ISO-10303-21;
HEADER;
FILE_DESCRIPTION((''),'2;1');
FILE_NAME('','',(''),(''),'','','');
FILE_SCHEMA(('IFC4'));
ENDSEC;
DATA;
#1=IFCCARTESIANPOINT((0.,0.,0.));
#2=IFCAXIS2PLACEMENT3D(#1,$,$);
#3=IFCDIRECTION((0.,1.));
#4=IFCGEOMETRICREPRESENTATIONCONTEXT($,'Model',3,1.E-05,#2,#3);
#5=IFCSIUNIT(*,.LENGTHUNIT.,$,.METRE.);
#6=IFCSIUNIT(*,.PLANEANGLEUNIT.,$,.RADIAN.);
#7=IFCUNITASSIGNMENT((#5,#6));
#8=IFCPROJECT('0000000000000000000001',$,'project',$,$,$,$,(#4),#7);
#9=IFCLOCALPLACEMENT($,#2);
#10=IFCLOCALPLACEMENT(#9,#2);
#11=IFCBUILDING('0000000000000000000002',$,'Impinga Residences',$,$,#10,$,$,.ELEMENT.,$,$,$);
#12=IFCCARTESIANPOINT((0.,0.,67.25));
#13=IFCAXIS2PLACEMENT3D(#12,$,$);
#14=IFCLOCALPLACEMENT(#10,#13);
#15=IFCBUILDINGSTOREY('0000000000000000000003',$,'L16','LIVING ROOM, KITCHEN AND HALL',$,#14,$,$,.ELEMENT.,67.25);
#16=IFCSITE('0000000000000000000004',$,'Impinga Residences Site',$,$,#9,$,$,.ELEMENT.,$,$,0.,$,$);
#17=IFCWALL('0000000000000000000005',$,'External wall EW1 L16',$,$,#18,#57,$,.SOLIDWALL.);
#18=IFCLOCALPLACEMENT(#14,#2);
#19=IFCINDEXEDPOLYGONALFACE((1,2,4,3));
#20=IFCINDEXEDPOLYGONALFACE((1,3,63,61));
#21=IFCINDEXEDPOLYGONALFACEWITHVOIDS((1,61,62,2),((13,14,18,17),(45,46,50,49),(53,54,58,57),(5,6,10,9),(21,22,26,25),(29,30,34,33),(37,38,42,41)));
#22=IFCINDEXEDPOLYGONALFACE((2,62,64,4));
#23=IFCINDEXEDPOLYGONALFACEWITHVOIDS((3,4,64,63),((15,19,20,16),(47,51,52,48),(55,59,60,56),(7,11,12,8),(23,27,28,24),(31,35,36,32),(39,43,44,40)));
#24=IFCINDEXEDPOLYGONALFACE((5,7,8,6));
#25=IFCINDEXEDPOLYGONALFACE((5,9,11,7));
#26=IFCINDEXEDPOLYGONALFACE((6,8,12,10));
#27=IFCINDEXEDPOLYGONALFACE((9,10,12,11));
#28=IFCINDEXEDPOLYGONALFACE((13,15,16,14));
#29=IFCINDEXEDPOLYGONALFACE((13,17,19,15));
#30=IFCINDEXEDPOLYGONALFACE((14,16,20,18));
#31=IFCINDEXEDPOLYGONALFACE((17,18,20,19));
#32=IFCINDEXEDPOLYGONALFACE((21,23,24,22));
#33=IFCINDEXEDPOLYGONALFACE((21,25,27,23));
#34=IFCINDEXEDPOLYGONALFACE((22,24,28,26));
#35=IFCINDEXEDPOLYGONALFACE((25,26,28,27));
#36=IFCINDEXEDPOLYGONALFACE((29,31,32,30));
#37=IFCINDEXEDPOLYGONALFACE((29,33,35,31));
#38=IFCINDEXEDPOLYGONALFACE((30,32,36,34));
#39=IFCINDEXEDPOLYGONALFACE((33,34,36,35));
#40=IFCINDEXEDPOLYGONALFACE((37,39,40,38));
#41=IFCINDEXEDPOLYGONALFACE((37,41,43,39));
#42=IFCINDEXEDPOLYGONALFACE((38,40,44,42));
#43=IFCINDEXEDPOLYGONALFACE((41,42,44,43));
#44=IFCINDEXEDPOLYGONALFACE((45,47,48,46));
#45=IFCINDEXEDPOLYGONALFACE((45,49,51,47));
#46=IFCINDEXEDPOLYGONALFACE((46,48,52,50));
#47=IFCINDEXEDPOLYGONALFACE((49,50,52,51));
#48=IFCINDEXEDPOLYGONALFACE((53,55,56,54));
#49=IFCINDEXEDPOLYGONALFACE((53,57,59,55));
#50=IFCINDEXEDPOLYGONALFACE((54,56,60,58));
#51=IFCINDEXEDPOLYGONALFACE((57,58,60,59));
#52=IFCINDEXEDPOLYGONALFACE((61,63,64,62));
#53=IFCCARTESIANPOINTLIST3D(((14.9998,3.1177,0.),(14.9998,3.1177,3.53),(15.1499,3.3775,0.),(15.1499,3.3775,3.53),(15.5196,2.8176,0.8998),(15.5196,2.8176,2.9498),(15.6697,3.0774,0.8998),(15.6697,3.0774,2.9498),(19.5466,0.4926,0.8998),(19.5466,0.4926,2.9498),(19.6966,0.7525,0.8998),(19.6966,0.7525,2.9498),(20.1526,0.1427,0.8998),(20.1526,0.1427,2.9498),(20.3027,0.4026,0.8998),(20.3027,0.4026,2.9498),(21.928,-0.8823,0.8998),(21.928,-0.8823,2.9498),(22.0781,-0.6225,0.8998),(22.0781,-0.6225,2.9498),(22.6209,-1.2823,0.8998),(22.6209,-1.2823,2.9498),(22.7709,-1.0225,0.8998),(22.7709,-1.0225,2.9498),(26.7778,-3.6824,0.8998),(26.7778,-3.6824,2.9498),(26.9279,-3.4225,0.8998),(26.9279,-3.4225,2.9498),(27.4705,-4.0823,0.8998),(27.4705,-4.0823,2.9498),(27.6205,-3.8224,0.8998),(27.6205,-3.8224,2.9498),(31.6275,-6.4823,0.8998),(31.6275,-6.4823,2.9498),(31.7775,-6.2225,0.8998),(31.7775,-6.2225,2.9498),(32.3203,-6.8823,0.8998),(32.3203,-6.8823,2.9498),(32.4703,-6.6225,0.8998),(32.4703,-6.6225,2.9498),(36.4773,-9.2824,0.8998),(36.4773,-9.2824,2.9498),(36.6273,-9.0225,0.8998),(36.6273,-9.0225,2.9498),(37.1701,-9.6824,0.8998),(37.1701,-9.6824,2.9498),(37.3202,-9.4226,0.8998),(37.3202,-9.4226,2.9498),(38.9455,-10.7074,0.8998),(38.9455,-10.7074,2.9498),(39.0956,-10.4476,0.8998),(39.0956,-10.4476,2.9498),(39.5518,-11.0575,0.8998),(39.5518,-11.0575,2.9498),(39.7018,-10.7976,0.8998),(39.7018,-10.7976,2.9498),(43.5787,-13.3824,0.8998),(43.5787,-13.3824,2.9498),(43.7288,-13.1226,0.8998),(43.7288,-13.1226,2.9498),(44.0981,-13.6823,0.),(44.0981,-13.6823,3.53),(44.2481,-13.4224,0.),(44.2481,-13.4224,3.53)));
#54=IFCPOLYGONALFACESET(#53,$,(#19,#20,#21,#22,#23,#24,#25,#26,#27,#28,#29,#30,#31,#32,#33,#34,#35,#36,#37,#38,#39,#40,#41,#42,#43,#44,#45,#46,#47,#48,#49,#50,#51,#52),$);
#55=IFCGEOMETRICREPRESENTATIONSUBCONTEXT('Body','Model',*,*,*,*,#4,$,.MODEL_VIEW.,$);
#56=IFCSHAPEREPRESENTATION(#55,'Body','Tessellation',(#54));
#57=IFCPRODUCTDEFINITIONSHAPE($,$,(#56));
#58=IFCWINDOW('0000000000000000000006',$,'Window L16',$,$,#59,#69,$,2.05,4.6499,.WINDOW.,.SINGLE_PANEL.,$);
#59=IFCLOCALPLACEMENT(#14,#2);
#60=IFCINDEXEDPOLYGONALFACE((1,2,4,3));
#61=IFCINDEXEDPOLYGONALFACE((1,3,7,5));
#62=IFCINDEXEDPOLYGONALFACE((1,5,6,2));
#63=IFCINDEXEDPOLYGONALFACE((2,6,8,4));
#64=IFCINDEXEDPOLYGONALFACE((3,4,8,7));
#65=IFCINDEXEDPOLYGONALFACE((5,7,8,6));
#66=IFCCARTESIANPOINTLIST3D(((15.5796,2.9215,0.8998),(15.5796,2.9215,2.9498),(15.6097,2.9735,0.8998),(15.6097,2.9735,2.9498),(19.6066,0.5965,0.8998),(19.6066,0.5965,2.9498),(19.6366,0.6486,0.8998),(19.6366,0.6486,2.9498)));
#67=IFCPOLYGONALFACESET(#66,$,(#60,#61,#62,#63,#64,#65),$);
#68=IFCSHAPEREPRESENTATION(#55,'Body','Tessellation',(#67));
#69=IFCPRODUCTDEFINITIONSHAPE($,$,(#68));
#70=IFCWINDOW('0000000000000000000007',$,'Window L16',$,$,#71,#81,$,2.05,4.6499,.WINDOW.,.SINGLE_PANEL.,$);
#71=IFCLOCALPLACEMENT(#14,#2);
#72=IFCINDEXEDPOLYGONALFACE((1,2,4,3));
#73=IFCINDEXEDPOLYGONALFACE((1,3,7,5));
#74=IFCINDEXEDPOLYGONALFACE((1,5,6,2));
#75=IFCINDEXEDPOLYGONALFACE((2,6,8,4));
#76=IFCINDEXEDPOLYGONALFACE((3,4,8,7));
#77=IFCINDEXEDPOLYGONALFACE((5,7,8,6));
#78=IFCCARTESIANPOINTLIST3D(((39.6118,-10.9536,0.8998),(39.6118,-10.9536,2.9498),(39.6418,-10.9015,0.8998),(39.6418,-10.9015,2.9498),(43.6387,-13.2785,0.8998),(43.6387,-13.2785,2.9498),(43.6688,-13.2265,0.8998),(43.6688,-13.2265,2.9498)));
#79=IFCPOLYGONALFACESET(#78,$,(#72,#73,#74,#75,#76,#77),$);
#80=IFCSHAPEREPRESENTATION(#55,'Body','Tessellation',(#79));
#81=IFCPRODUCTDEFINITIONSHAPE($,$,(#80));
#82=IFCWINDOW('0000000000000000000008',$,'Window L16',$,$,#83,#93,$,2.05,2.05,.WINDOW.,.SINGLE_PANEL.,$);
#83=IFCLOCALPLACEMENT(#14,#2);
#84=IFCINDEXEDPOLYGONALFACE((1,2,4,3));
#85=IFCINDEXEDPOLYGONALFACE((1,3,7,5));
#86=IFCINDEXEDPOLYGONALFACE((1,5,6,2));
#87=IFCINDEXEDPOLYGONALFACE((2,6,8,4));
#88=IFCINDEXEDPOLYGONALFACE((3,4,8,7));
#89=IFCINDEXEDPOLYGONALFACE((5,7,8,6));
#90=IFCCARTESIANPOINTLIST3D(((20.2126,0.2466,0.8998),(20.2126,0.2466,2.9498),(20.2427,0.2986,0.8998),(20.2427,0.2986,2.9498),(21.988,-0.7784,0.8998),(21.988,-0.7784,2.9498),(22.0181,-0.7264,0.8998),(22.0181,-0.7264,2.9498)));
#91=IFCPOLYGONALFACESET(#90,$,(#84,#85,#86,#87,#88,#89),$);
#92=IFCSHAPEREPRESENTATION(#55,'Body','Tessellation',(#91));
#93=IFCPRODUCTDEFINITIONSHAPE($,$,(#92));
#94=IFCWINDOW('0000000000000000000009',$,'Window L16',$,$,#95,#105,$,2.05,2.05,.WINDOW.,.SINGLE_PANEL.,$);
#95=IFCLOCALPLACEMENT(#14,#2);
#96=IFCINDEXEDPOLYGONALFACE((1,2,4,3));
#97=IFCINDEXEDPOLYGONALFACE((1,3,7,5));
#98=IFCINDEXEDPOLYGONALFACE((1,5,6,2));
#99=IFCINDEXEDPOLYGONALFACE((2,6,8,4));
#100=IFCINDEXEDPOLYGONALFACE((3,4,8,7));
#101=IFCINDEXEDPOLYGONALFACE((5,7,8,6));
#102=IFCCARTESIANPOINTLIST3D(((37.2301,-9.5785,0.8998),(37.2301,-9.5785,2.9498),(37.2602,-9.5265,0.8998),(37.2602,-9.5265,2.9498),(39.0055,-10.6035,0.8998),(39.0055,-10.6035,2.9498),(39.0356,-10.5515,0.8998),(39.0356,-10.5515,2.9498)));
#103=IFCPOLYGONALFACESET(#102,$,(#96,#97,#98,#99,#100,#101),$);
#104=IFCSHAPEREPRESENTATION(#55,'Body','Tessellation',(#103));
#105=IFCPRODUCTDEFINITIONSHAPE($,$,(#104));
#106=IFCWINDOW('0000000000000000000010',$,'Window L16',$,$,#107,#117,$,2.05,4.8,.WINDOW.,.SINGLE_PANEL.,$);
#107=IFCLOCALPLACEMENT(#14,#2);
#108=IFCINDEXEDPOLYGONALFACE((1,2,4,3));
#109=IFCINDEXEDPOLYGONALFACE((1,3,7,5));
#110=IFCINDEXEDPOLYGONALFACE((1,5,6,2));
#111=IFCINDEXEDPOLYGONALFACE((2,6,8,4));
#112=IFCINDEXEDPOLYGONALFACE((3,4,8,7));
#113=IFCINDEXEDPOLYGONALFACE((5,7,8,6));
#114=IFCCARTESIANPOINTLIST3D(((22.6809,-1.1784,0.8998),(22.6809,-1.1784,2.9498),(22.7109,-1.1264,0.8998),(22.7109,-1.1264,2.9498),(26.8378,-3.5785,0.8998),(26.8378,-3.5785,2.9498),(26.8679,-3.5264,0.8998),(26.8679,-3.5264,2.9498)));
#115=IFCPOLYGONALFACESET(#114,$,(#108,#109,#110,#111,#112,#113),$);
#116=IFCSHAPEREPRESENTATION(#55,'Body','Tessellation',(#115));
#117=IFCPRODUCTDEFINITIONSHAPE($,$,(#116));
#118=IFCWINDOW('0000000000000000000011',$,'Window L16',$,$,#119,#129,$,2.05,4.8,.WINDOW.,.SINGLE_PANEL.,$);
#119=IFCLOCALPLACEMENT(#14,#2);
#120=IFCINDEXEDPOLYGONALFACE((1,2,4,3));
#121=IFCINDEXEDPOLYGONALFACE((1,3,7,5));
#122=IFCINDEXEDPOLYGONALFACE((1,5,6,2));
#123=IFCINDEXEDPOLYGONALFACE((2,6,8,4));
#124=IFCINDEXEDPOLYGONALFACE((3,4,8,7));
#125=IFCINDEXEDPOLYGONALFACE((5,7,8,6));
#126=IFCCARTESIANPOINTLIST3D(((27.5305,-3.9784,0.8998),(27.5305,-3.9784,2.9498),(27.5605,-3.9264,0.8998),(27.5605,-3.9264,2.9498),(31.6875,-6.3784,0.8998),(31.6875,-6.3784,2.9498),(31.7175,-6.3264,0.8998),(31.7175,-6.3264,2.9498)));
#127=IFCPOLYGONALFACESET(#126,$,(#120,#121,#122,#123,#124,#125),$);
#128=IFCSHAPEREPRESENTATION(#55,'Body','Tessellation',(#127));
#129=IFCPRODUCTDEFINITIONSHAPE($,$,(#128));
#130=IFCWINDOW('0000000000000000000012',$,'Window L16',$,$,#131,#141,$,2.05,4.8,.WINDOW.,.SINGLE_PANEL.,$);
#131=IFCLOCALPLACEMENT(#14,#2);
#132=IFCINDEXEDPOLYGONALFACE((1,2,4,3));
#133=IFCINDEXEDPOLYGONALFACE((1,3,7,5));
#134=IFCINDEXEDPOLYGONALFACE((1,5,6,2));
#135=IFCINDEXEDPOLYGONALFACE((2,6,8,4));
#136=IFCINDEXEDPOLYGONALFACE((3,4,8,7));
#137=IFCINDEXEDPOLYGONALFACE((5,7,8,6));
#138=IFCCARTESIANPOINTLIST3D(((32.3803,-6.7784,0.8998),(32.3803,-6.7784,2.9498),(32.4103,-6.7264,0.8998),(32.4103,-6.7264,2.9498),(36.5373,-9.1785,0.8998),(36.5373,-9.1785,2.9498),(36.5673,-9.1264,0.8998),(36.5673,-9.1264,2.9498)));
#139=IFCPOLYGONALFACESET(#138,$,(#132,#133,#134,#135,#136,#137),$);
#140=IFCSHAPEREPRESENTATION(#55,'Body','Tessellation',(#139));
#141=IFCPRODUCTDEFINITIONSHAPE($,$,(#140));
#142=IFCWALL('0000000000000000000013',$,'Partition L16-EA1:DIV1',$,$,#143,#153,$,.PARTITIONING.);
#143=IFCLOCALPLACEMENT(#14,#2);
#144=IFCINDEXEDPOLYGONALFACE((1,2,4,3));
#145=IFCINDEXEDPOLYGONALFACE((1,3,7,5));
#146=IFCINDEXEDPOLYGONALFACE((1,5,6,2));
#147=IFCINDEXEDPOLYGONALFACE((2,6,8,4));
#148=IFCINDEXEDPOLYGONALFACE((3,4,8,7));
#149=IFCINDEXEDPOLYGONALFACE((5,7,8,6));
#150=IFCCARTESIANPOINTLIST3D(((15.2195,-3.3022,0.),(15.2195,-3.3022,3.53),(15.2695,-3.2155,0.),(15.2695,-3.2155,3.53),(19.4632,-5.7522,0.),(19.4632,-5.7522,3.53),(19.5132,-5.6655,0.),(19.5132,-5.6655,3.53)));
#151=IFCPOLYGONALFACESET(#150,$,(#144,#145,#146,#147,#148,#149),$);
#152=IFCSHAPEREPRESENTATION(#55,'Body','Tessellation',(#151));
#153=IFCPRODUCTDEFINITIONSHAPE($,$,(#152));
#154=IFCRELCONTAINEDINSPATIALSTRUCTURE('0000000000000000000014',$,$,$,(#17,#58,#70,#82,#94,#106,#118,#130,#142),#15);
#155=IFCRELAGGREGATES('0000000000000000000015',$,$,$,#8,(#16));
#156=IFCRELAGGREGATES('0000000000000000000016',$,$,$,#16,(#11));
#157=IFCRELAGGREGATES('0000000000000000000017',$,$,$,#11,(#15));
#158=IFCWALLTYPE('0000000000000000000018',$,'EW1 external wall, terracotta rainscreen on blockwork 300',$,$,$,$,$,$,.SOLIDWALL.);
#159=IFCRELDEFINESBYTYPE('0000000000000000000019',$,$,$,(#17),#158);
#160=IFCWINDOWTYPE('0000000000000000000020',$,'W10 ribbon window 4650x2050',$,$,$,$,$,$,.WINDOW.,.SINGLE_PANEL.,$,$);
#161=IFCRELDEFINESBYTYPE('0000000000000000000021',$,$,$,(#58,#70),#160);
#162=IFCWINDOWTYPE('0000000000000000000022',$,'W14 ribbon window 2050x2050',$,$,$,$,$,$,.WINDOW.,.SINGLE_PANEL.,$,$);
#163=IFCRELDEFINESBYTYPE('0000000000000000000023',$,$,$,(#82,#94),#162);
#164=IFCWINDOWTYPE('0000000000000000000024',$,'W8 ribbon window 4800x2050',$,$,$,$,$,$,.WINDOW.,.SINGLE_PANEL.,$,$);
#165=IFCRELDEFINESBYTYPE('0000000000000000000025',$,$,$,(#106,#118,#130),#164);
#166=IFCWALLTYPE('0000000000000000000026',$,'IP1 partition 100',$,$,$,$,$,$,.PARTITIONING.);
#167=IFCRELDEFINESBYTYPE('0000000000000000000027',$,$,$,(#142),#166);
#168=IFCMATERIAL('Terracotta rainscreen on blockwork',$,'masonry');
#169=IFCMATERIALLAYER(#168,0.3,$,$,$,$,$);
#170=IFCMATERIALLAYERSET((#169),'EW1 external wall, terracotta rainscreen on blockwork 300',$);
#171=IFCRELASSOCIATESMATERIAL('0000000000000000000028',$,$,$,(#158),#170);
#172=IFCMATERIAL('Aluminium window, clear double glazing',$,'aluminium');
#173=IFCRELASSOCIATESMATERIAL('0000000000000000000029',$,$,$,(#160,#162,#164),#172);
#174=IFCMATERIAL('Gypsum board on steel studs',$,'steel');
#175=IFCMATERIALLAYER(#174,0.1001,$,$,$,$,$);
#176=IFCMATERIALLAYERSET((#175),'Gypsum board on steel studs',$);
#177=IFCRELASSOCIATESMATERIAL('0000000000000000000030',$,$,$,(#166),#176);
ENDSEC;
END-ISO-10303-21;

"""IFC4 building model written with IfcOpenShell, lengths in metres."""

from ifc_helpers import new_model, si_unit, direction, frame, frame_2d, origin, place, context, subcontext, project, spatial, rectangle, extrude, material, layer, layer_set, type_object, element, fill, save


model = new_model("IFC4")

# Units and contexts
model_context = context("Model", 3, precision=1e-05, world=origin(), true_north=direction((0.0, 1.0)))
body_context = subcontext(model_context, "Body", "Model", "MODEL_VIEW")
ifc_project = project(units=[si_unit("LENGTHUNIT", "METRE"), si_unit("PLANEANGLEUNIT", "RADIAN")], contexts=[model_context])

# Site, building, storey
site_placement = place(None, origin())
site = spatial("IfcSite", under=ifc_project, at=site_placement, Name="Impinga Residences Site", CompositionType="ELEMENT", RefElevation=0.0)
building_placement = place(site_placement, origin())
building = spatial("IfcBuilding", under=site, at=building_placement, Name="Impinga Residences", CompositionType="ELEMENT")
storey_placement = place(building_placement, frame((0.0, 0.0, 67.25)))
storey = spatial("IfcBuildingStorey", under=building, at=storey_placement, Name="L16", Description="LIVING ROOM, KITCHEN AND HALL", CompositionType="ELEMENT", Elevation=67.25)

# Shared definitions
ifc_material_1 = material(Name="Terracotta rainscreen on blockwork", Category="masonry")
ifc_layer_1 = layer(ifc_material_1, 0.3)
ifc_layer_set_1 = layer_set([ifc_layer_1], Name="EW1 external wall, terracotta rainscreen on blockwork 300")
wall_type_1 = type_object("IfcWallType", Name="EW1 external wall, terracotta rainscreen on blockwork 300", PredefinedType="SOLIDWALL", material=ifc_layer_set_1)

# Wall, openings, windows
wall_1_placement = place(storey_placement, frame((15.075, 3.2476, 0.0), z_axis=(0.0, 0.0, 1.0), x_axis=(0.866024, -0.500002, 0.0)))
wall_1 = element("IfcWall", 1, at=wall_1_placement, inside=storey, type_object=wall_type_1, Name="External wall EW1 L16", PredefinedType="SOLIDWALL", context=body_context, shape_type="SweptSolid", body=[
    extrude(rectangle(XDim=33.5999, YDim=0.3, at=frame_2d((16.7998, 0.0))), origin(), (0.0, 0.0, 1.0), 3.53),
])
opening_1_placement = place(wall_1_placement, frame((0.6001, 0.0, 0.8999)))
opening_1 = element("IfcOpeningElement", 2, at=opening_1_placement, cuts=wall_1, PredefinedType="OPENING", context=body_context, shape_type="SweptSolid", body=[
    extrude(rectangle(XDim=4.6499, YDim=2.05, at=frame_2d((2.325, 1.0249))), frame((0.0, 0.1599, 0.0), z_axis=(0.0, -1.0, 0.0), x_axis=(1.0, 0.0, 0.0)), (0.0, 0.0, 1.0), 0.3201),
])
opening_2_placement = place(wall_1_placement, frame((5.95, 0.0, 0.8999)))
opening_2 = element("IfcOpeningElement", 3, at=opening_2_placement, cuts=wall_1, PredefinedType="OPENING", context=body_context, shape_type="SweptSolid", body=[
    extrude(rectangle(XDim=2.05, YDim=2.05, at=frame_2d((1.0249, 1.0249))), frame((0.0, 0.1599, 0.0), z_axis=(0.0, -1.0, 0.0), x_axis=(1.0, 0.0, 0.0)), (0.0, 0.0, 1.0), 0.3201),
])
opening_3_placement = place(wall_1_placement, frame((8.8, 0.0, 0.8999)))
opening_3 = element("IfcOpeningElement", 4, at=opening_3_placement, cuts=wall_1, PredefinedType="OPENING", context=body_context, shape_type="SweptSolid", body=[
    extrude(rectangle(XDim=4.8, YDim=2.05, at=frame_2d((2.3999, 1.0249))), frame((0.0, 0.1599, 0.0), z_axis=(0.0, -1.0, 0.0), x_axis=(1.0, 0.0, 0.0)), (0.0, 0.0, 1.0), 0.3201),
])
opening_4_placement = place(wall_1_placement, frame((14.3999, 0.0, 0.8999)))
opening_4 = element("IfcOpeningElement", 5, at=opening_4_placement, cuts=wall_1, PredefinedType="OPENING", context=body_context, shape_type="SweptSolid", body=[
    extrude(rectangle(XDim=4.8, YDim=2.05, at=frame_2d((2.3999, 1.0249))), frame((0.0, 0.1599, 0.0), z_axis=(0.0, -1.0, 0.0), x_axis=(1.0, 0.0, 0.0)), (0.0, 0.0, 1.0), 0.3201),
])
opening_5_placement = place(wall_1_placement, frame((20.0, 0.0, 0.8999)))
opening_5 = element("IfcOpeningElement", 6, at=opening_5_placement, cuts=wall_1, PredefinedType="OPENING", context=body_context, shape_type="SweptSolid", body=[
    extrude(rectangle(XDim=4.8, YDim=2.05, at=frame_2d((2.3999, 1.0249))), frame((0.0, 0.1599, 0.0), z_axis=(0.0, -1.0, 0.0), x_axis=(1.0, 0.0, 0.0)), (0.0, 0.0, 1.0), 0.3201),
])
opening_6_placement = place(wall_1_placement, frame((25.6001, 0.0, 0.8999)))
opening_6 = element("IfcOpeningElement", 7, at=opening_6_placement, cuts=wall_1, PredefinedType="OPENING", context=body_context, shape_type="SweptSolid", body=[
    extrude(rectangle(XDim=2.05, YDim=2.05, at=frame_2d((1.0249, 1.0249))), frame((0.0, 0.1599, 0.0), z_axis=(0.0, -1.0, 0.0), x_axis=(1.0, 0.0, 0.0)), (0.0, 0.0, 1.0), 0.3201),
])
opening_7_placement = place(wall_1_placement, frame((28.3501, 0.0, 0.8999)))
opening_7 = element("IfcOpeningElement", 8, at=opening_7_placement, cuts=wall_1, PredefinedType="OPENING", context=body_context, shape_type="SweptSolid", body=[
    extrude(rectangle(XDim=4.6499, YDim=2.05, at=frame_2d((2.325, 1.0249))), frame((0.0, 0.1599, 0.0), z_axis=(0.0, -1.0, 0.0), x_axis=(1.0, 0.0, 0.0)), (0.0, 0.0, 1.0), 0.3201),
])
ifc_material_2 = material(Name="Aluminium window, clear double glazing", Category="aluminium")
window_type_1 = type_object("IfcWindowType", Name="W10 ribbon window 4650x2050", PartitioningType="SINGLE_PANEL", PredefinedType="WINDOW", material=ifc_material_2)
window_1_placement = place(opening_1_placement, origin())
window_1 = element("IfcWindow", 9, at=window_1_placement, inside=storey, type_object=window_type_1, Name="Window L16", OverallHeight=2.05, OverallWidth=4.6499, PartitioningType="SINGLE_PANEL", PredefinedType="WINDOW", context=body_context, shape_type="SweptSolid", body=[
    extrude(rectangle(XDim=4.6499, YDim=2.05, at=frame_2d((2.325, 1.0249))), frame((0.0, 0.03, 0.0), z_axis=(0.0, -1.0, 0.0), x_axis=(1.0, 0.0, 0.0)), (0.0, 0.0, 1.0), 0.0601),
])
fill(opening_1, window_1)
window_2_placement = place(opening_7_placement, origin())
window_2 = element("IfcWindow", 10, at=window_2_placement, inside=storey, type_object=window_type_1, Name="Window L16", OverallHeight=2.05, OverallWidth=4.6499, PartitioningType="SINGLE_PANEL", PredefinedType="WINDOW", context=body_context, shape_type="SweptSolid", body=[
    extrude(rectangle(XDim=4.6499, YDim=2.05, at=frame_2d((2.325, 1.0249))), frame((0.0, 0.03, 0.0), z_axis=(0.0, -1.0, 0.0), x_axis=(1.0, 0.0, 0.0)), (0.0, 0.0, 1.0), 0.0601),
])
fill(opening_7, window_2)
window_type_2 = type_object("IfcWindowType", Name="W14 ribbon window 2050x2050", PartitioningType="SINGLE_PANEL", PredefinedType="WINDOW", material=ifc_material_2)
window_3_placement = place(opening_2_placement, origin())
window_3 = element("IfcWindow", 11, at=window_3_placement, inside=storey, type_object=window_type_2, Name="Window L16", OverallHeight=2.05, OverallWidth=2.05, PartitioningType="SINGLE_PANEL", PredefinedType="WINDOW", context=body_context, shape_type="SweptSolid", body=[
    extrude(rectangle(XDim=2.05, YDim=2.05, at=frame_2d((1.0249, 1.0249))), frame((0.0, 0.03, 0.0), z_axis=(0.0, -1.0, 0.0), x_axis=(1.0, 0.0, 0.0)), (0.0, 0.0, 1.0), 0.0601),
])
fill(opening_2, window_3)
window_4_placement = place(opening_6_placement, origin())
window_4 = element("IfcWindow", 12, at=window_4_placement, inside=storey, type_object=window_type_2, Name="Window L16", OverallHeight=2.05, OverallWidth=2.05, PartitioningType="SINGLE_PANEL", PredefinedType="WINDOW", context=body_context, shape_type="SweptSolid", body=[
    extrude(rectangle(XDim=2.05, YDim=2.05, at=frame_2d((1.0249, 1.0249))), frame((0.0, 0.03, 0.0), z_axis=(0.0, -1.0, 0.0), x_axis=(1.0, 0.0, 0.0)), (0.0, 0.0, 1.0), 0.0601),
])
fill(opening_6, window_4)
window_type_3 = type_object("IfcWindowType", Name="W8 ribbon window 4800x2050", PartitioningType="SINGLE_PANEL", PredefinedType="WINDOW", material=ifc_material_2)
window_5_placement = place(opening_3_placement, origin())
window_5 = element("IfcWindow", 13, at=window_5_placement, inside=storey, type_object=window_type_3, Name="Window L16", OverallHeight=2.05, OverallWidth=4.8, PartitioningType="SINGLE_PANEL", PredefinedType="WINDOW", context=body_context, shape_type="SweptSolid", body=[
    extrude(rectangle(XDim=4.8, YDim=2.05, at=frame_2d((2.3999, 1.0249))), frame((0.0, 0.03, 0.0), z_axis=(0.0, -1.0, 0.0), x_axis=(1.0, 0.0, 0.0)), (0.0, 0.0, 1.0), 0.0601),
])
fill(opening_3, window_5)
window_6_placement = place(opening_4_placement, origin())
window_6 = element("IfcWindow", 14, at=window_6_placement, inside=storey, type_object=window_type_3, Name="Window L16", OverallHeight=2.05, OverallWidth=4.8, PartitioningType="SINGLE_PANEL", PredefinedType="WINDOW", context=body_context, shape_type="SweptSolid", body=[
    extrude(rectangle(XDim=4.8, YDim=2.05, at=frame_2d((2.3999, 1.0249))), frame((0.0, 0.03, 0.0), z_axis=(0.0, -1.0, 0.0), x_axis=(1.0, 0.0, 0.0)), (0.0, 0.0, 1.0), 0.0601),
])
fill(opening_4, window_6)
window_7_placement = place(opening_5_placement, origin())
window_7 = element("IfcWindow", 15, at=window_7_placement, inside=storey, type_object=window_type_3, Name="Window L16", OverallHeight=2.05, OverallWidth=4.8, PartitioningType="SINGLE_PANEL", PredefinedType="WINDOW", context=body_context, shape_type="SweptSolid", body=[
    extrude(rectangle(XDim=4.8, YDim=2.05, at=frame_2d((2.3999, 1.0249))), frame((0.0, 0.03, 0.0), z_axis=(0.0, -1.0, 0.0), x_axis=(1.0, 0.0, 0.0)), (0.0, 0.0, 1.0), 0.0601),
])
fill(opening_5, window_7)

# Wall
ifc_material_3 = material(Name="Gypsum board on steel studs", Category="steel")
ifc_layer_2 = layer(ifc_material_3, 0.1001)
ifc_layer_set_2 = layer_set([ifc_layer_2], Name="Gypsum board on steel studs")
wall_type_2 = type_object("IfcWallType", Name="IP1 partition 100", PredefinedType="PARTITIONING", material=ifc_layer_set_2)
wall_2_placement = place(storey_placement, frame((15.2444, -3.2588, 0.0), z_axis=(0.0, 0.0, 1.0), x_axis=(0.866036, -0.499981, 0.0)))
element("IfcWall", 16, at=wall_2_placement, inside=storey, type_object=wall_type_2, Name="Partition L16-EA1:DIV1", PredefinedType="PARTITIONING", context=body_context, shape_type="SweptSolid", body=[
    extrude(rectangle(XDim=4.9001, YDim=0.1001, at=frame_2d((2.4502, 0.0))), origin(), (0.0, 0.0, 1.0), 3.53),
])

save(model, "model.ifc")
